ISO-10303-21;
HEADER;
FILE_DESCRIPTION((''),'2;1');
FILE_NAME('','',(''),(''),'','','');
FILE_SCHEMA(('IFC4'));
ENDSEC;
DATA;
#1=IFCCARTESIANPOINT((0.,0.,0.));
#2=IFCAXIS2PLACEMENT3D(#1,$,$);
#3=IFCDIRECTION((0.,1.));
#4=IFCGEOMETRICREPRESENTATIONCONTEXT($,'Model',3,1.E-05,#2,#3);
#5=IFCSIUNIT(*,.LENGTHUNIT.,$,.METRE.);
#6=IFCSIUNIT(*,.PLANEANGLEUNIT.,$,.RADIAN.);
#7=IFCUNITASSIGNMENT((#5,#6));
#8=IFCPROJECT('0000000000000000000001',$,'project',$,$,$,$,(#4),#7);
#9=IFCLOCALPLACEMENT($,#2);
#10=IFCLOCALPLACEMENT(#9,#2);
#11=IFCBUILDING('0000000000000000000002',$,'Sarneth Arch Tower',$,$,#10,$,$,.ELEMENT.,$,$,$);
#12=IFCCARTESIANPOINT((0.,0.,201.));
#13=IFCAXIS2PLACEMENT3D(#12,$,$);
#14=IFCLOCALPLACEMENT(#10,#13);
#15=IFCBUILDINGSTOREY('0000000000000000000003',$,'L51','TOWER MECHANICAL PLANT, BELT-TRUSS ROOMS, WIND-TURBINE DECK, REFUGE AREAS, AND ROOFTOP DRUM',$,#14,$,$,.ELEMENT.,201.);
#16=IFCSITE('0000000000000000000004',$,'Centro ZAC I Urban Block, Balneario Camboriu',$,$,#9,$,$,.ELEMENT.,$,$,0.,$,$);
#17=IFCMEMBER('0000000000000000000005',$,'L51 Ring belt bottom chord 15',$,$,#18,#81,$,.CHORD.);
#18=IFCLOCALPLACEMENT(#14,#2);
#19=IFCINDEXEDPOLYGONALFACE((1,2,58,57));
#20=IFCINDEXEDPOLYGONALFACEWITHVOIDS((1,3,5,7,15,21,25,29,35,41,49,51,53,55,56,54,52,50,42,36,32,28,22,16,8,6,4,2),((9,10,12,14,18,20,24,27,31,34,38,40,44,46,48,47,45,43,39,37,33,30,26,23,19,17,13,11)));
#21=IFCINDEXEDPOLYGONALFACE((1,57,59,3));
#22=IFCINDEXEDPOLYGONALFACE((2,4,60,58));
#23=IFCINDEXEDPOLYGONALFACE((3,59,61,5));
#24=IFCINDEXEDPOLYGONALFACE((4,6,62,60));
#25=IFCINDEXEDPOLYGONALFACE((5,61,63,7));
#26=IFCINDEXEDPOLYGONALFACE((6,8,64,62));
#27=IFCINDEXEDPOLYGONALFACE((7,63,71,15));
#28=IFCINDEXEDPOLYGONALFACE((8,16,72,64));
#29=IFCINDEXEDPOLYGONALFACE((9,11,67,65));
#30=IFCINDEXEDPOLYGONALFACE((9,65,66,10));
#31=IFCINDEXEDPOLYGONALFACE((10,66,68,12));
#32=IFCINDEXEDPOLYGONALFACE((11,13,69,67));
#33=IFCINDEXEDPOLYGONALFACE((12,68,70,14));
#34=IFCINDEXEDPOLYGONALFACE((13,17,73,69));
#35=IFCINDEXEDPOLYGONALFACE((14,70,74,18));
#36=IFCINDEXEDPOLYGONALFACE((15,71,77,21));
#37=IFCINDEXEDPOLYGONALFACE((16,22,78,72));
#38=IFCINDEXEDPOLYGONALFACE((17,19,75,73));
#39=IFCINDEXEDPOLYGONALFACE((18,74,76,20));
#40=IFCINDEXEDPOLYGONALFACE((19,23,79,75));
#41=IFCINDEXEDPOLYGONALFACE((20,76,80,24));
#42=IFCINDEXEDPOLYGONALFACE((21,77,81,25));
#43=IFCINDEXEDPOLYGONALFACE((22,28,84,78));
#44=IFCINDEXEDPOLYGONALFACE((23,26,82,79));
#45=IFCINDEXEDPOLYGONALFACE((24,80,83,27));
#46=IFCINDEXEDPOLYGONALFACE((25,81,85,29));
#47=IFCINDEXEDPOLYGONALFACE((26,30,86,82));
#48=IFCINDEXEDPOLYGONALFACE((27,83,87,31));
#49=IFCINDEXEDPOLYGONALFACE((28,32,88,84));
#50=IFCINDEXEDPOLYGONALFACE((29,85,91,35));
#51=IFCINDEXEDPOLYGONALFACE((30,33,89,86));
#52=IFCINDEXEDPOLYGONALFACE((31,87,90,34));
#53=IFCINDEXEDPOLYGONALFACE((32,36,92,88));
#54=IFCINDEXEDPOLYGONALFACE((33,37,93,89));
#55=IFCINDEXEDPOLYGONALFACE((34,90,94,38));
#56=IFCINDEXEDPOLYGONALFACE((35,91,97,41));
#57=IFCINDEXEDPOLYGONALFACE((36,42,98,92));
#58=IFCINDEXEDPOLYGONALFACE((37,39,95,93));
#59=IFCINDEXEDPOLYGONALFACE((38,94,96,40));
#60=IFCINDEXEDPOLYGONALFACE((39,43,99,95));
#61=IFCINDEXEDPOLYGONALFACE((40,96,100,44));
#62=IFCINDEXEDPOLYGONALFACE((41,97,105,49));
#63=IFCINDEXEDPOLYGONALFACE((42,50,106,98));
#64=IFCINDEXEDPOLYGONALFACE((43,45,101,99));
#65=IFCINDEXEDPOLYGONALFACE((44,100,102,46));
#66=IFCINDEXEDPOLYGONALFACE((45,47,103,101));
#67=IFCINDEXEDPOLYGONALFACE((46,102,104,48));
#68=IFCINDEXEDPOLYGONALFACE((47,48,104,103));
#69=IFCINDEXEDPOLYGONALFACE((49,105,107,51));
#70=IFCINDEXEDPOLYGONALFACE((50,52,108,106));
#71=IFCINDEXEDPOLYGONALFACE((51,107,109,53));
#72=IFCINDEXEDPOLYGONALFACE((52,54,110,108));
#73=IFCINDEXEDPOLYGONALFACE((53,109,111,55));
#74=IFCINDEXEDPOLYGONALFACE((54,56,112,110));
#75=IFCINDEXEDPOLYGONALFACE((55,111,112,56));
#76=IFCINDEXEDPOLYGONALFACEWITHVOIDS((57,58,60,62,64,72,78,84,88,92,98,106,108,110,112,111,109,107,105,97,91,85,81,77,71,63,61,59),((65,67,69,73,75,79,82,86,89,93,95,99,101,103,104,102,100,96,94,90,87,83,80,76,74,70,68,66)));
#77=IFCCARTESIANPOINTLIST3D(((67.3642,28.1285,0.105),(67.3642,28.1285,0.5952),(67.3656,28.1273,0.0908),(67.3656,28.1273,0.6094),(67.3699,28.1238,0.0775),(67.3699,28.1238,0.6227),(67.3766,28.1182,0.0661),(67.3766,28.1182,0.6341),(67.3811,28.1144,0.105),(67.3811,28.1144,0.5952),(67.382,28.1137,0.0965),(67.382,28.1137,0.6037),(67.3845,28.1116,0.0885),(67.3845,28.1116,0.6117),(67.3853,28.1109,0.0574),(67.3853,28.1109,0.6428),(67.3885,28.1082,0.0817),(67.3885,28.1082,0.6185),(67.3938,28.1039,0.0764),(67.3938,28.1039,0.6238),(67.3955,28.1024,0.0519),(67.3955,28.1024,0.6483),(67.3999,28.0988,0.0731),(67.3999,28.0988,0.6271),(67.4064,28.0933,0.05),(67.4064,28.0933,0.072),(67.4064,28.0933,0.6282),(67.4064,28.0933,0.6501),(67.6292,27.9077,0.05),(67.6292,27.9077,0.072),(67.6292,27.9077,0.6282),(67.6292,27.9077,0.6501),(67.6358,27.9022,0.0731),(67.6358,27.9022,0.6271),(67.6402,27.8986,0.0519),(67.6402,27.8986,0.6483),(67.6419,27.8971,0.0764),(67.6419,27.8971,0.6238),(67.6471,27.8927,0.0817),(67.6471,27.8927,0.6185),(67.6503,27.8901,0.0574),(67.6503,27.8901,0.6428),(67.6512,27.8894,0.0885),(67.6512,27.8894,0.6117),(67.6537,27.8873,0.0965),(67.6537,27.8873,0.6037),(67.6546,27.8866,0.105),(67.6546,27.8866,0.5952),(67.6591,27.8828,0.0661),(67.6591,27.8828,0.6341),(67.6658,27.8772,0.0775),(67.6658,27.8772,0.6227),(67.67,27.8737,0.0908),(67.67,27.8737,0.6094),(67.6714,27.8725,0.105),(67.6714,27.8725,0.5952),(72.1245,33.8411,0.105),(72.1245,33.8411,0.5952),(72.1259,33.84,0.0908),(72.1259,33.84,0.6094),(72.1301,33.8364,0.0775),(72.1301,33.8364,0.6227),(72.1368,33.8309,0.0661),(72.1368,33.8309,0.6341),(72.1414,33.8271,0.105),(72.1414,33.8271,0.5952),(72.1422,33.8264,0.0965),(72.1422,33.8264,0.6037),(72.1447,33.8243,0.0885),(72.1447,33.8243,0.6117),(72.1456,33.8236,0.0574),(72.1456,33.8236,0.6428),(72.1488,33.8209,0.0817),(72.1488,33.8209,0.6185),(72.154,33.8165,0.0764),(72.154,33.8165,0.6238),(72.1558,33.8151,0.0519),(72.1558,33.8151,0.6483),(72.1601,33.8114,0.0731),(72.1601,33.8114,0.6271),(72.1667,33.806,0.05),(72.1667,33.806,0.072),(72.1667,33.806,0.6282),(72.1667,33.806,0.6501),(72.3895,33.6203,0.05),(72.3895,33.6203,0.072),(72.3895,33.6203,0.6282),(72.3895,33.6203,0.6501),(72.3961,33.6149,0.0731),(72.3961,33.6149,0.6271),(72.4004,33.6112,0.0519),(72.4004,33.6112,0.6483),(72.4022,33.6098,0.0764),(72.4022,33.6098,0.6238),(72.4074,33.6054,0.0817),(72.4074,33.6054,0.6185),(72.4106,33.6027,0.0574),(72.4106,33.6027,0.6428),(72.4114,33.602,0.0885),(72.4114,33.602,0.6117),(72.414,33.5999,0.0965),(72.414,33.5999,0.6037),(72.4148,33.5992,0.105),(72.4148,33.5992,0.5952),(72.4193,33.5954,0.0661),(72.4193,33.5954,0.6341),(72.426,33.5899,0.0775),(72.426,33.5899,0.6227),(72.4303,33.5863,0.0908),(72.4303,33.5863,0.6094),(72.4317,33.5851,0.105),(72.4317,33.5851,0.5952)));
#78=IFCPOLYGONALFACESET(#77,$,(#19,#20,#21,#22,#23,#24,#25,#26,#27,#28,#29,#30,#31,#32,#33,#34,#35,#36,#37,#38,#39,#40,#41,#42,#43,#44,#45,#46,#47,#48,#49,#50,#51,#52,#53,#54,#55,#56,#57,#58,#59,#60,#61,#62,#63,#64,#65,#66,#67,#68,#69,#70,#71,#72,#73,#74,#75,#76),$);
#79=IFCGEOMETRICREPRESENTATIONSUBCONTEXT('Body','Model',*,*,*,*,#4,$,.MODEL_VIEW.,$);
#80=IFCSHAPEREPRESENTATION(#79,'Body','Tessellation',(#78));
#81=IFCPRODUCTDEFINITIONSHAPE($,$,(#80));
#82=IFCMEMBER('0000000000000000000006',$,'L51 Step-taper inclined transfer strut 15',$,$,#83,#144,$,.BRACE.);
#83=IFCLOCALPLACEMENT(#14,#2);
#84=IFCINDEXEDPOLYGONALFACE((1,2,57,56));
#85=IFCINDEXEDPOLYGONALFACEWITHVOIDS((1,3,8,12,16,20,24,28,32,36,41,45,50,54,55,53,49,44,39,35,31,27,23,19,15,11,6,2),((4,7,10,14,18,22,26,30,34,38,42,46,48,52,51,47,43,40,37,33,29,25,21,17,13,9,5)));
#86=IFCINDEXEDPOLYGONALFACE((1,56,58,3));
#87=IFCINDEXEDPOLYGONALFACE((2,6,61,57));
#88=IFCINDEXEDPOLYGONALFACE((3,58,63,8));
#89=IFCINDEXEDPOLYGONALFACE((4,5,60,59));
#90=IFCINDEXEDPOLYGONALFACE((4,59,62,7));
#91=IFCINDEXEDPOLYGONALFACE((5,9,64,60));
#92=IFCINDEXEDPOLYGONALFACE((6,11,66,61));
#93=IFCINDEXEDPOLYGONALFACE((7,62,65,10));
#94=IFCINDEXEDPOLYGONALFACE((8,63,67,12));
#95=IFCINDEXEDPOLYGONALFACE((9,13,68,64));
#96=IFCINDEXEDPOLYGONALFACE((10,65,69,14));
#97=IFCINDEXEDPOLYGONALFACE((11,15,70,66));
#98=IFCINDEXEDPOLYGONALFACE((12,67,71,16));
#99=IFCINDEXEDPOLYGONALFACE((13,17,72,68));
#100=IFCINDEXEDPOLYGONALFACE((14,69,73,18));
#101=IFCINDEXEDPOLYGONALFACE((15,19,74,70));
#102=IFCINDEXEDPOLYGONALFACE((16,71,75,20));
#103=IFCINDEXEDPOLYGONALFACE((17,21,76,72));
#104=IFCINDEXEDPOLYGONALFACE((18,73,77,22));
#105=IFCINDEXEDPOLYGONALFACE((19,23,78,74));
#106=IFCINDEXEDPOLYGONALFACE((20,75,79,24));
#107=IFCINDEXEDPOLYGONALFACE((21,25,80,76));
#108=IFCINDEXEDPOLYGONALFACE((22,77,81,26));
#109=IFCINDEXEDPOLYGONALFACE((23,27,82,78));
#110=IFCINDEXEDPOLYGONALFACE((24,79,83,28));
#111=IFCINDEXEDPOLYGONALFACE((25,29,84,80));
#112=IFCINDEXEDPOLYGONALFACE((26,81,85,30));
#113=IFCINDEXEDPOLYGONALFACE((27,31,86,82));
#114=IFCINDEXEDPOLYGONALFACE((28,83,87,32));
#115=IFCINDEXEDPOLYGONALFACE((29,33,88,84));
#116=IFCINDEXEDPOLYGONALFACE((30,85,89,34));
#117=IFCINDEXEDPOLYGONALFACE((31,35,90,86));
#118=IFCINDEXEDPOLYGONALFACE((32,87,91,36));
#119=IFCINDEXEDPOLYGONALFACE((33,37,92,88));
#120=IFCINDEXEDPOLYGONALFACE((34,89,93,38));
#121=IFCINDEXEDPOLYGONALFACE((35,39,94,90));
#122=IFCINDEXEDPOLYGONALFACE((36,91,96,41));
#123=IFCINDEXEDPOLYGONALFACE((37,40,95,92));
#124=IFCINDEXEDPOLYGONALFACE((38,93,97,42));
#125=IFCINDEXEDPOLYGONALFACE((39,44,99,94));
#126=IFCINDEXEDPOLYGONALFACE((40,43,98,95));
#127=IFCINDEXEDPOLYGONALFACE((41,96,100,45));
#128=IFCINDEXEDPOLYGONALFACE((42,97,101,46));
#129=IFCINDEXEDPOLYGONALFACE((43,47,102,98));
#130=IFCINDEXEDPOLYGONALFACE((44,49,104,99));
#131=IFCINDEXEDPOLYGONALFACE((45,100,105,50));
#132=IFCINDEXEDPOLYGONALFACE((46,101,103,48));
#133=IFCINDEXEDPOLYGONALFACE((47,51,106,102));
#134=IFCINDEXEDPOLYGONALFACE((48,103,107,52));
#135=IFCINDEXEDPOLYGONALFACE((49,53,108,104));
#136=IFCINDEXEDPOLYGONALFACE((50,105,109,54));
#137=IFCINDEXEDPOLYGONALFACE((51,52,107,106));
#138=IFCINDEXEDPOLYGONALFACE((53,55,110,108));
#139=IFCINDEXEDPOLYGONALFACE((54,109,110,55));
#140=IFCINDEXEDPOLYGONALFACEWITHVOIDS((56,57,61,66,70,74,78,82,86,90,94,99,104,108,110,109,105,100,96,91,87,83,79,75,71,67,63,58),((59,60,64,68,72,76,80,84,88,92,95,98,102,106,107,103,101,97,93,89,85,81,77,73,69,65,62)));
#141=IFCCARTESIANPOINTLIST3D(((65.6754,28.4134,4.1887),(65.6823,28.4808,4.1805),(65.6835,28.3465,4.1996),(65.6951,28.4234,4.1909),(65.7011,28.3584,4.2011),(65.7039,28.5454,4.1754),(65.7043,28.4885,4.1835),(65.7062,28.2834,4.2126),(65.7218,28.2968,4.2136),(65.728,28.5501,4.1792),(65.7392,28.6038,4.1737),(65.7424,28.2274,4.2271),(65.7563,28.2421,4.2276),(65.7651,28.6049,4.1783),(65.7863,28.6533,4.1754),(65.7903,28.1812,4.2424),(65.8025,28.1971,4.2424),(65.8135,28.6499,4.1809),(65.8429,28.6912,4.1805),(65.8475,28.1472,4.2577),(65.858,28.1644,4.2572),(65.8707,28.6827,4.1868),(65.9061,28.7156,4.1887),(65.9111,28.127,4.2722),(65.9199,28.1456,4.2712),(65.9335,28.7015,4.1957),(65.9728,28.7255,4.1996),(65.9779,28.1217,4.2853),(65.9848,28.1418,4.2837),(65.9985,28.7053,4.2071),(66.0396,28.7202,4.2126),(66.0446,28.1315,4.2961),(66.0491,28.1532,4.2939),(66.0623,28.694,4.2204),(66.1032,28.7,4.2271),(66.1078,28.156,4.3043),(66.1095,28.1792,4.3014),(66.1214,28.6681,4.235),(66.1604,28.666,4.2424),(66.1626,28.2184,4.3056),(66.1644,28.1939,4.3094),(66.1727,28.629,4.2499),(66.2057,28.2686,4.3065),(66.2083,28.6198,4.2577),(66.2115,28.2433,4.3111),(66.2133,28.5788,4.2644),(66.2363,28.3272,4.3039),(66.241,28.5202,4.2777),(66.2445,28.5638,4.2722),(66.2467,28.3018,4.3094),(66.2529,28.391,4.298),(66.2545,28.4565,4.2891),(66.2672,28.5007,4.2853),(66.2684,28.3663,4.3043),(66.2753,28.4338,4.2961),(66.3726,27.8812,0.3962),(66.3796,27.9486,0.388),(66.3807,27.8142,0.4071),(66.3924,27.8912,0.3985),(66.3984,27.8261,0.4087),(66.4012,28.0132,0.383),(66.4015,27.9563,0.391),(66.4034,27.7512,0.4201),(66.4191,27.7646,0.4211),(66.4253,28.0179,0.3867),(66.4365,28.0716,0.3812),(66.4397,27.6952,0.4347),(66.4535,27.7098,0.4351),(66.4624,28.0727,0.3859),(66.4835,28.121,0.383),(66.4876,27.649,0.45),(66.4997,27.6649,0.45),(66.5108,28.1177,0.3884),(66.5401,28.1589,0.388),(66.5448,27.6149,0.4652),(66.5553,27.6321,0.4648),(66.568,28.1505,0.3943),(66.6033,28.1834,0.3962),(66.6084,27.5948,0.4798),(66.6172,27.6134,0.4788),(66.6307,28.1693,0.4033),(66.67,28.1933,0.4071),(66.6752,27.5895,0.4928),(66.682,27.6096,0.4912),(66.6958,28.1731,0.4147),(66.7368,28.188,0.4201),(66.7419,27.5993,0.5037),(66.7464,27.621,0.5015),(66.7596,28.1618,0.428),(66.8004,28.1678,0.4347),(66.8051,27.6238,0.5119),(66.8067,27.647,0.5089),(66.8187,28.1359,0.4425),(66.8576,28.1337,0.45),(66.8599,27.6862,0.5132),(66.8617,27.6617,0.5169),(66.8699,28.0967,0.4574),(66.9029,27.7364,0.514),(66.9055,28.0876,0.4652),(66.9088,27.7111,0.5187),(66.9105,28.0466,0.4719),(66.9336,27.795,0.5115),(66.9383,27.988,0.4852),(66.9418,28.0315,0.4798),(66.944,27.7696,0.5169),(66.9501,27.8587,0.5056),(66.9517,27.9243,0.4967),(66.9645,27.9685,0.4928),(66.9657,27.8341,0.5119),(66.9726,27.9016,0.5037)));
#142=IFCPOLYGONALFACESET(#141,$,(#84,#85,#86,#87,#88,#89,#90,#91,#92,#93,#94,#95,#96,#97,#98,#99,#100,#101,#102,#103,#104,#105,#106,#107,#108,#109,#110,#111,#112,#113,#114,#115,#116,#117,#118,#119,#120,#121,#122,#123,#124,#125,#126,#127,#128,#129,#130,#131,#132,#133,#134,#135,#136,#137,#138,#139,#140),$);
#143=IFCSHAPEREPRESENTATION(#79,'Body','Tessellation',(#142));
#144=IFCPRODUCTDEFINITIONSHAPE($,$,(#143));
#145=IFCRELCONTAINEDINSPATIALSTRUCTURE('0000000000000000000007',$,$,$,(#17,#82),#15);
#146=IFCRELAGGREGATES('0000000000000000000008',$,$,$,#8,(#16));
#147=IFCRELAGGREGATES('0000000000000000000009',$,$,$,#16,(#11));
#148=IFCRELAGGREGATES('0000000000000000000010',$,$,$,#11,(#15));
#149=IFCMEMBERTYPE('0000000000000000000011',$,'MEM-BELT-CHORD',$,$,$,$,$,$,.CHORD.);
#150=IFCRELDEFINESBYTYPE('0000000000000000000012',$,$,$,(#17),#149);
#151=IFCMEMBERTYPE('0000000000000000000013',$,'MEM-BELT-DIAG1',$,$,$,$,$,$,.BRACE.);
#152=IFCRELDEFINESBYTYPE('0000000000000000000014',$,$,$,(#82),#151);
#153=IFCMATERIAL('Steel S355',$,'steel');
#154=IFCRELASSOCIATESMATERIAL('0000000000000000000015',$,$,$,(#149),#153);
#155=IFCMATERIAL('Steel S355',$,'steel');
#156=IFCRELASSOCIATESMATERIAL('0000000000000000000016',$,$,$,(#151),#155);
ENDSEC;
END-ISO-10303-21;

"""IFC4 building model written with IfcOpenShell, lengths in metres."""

from ifc_helpers import new_model, si_unit, direction, frame, origin, origin_2d, place, context, subcontext, project, spatial, hollow_rectangle, hollow_circle, extrude, material, material_profile, profile_set, type_object, element, save


model = new_model("IFC4")

# Units and contexts
model_context = context("Model", 3, precision=1e-05, world=origin(), true_north=direction((0.0, 1.0)))
body_context = subcontext(model_context, "Body", "Model", "MODEL_VIEW")
ifc_project = project(units=[si_unit("LENGTHUNIT", "METRE"), si_unit("PLANEANGLEUNIT", "RADIAN")], contexts=[model_context])

# Site, building, storey
site_placement = place(None, origin())
site = spatial("IfcSite", under=ifc_project, at=site_placement, Name="Centro ZAC I Urban Block, Balneario Camboriu", CompositionType="ELEMENT", RefElevation=0.0)
building_placement = place(site_placement, origin())
building = spatial("IfcBuilding", under=site, at=building_placement, Name="Sarneth Arch Tower", CompositionType="ELEMENT")
storey_placement = place(building_placement, frame((0.0, 0.0, 201.0)))
storey = spatial("IfcBuildingStorey", under=building, at=storey_placement, Name="L51", Description="TOWER MECHANICAL PLANT, BELT-TRUSS ROOMS, WIND-TURBINE DECK, REFUGE AREAS, AND ROOFTOP DRUM", CompositionType="ELEMENT", Elevation=201.0)

# Members
ifc_material_1 = material(Name="Steel S355", Category="steel")
ifc_material_profile_1 = material_profile(ifc_material_1, hollow_rectangle(XDim=0.3999, YDim=0.6001, WallThickness=0.022, InnerFilletRadius=0.033, OuterFilletRadius=0.0549, at=origin_2d()), Name="RHS600x400x22")
ifc_profile_set_1 = profile_set([ifc_material_profile_1], Name="Steel S355")
member_type_1 = type_object("IfcMemberType", Name="MEM-BELT-CHORD", PredefinedType="CHORD", material=ifc_profile_set_1)
member_1_placement = place(storey_placement, frame((67.5178, 28.0005, 0.3501), z_axis=(0.640162, 0.76824, 0.0), x_axis=(-0.76824, 0.640162, 0.0)))
element("IfcMember", 1, at=member_1_placement, inside=storey, type_object=member_type_1, Name="L51 Ring belt bottom chord 15", PredefinedType="CHORD", context=body_context, shape_type="SweptSolid", body=[
    extrude(hollow_rectangle(XDim=0.3999, YDim=0.6001, WallThickness=0.022, InnerFilletRadius=0.033, OuterFilletRadius=0.0549, at=origin_2d()), origin(), (0.0, 0.0, 1.0), 7.436),
])
ifc_material_2 = material(Name="Steel S355", Category="steel")
ifc_material_profile_2 = material_profile(ifc_material_2, hollow_circle(Radius=0.3049, WallThickness=0.02, at=origin_2d()), Name="CHS610x20")
ifc_profile_set_2 = profile_set([ifc_material_profile_2], Name="Steel S355")
member_type_2 = type_object("IfcMemberType", Name="MEM-BELT-DIAG1", PredefinedType="BRACE", material=ifc_profile_set_2)
member_2_placement = place(storey_placement, frame((66.6726, 27.8914, 0.45), z_axis=(-0.179126, 0.136728, 0.974279), x_axis=(-0.606747, -0.794895, 0.0)))
element("IfcMember", 2, at=member_2_placement, inside=storey, type_object=member_type_2, Name="L51 Step-taper inclined transfer strut 15", PredefinedType="BRACE", context=body_context, shape_type="SweptSolid", body=[
    extrude(hollow_circle(Radius=0.3049, WallThickness=0.02, at=origin_2d()), origin(), (0.0, 0.0, 1.0), 3.8926),
])

save(model, "model.ifc")
